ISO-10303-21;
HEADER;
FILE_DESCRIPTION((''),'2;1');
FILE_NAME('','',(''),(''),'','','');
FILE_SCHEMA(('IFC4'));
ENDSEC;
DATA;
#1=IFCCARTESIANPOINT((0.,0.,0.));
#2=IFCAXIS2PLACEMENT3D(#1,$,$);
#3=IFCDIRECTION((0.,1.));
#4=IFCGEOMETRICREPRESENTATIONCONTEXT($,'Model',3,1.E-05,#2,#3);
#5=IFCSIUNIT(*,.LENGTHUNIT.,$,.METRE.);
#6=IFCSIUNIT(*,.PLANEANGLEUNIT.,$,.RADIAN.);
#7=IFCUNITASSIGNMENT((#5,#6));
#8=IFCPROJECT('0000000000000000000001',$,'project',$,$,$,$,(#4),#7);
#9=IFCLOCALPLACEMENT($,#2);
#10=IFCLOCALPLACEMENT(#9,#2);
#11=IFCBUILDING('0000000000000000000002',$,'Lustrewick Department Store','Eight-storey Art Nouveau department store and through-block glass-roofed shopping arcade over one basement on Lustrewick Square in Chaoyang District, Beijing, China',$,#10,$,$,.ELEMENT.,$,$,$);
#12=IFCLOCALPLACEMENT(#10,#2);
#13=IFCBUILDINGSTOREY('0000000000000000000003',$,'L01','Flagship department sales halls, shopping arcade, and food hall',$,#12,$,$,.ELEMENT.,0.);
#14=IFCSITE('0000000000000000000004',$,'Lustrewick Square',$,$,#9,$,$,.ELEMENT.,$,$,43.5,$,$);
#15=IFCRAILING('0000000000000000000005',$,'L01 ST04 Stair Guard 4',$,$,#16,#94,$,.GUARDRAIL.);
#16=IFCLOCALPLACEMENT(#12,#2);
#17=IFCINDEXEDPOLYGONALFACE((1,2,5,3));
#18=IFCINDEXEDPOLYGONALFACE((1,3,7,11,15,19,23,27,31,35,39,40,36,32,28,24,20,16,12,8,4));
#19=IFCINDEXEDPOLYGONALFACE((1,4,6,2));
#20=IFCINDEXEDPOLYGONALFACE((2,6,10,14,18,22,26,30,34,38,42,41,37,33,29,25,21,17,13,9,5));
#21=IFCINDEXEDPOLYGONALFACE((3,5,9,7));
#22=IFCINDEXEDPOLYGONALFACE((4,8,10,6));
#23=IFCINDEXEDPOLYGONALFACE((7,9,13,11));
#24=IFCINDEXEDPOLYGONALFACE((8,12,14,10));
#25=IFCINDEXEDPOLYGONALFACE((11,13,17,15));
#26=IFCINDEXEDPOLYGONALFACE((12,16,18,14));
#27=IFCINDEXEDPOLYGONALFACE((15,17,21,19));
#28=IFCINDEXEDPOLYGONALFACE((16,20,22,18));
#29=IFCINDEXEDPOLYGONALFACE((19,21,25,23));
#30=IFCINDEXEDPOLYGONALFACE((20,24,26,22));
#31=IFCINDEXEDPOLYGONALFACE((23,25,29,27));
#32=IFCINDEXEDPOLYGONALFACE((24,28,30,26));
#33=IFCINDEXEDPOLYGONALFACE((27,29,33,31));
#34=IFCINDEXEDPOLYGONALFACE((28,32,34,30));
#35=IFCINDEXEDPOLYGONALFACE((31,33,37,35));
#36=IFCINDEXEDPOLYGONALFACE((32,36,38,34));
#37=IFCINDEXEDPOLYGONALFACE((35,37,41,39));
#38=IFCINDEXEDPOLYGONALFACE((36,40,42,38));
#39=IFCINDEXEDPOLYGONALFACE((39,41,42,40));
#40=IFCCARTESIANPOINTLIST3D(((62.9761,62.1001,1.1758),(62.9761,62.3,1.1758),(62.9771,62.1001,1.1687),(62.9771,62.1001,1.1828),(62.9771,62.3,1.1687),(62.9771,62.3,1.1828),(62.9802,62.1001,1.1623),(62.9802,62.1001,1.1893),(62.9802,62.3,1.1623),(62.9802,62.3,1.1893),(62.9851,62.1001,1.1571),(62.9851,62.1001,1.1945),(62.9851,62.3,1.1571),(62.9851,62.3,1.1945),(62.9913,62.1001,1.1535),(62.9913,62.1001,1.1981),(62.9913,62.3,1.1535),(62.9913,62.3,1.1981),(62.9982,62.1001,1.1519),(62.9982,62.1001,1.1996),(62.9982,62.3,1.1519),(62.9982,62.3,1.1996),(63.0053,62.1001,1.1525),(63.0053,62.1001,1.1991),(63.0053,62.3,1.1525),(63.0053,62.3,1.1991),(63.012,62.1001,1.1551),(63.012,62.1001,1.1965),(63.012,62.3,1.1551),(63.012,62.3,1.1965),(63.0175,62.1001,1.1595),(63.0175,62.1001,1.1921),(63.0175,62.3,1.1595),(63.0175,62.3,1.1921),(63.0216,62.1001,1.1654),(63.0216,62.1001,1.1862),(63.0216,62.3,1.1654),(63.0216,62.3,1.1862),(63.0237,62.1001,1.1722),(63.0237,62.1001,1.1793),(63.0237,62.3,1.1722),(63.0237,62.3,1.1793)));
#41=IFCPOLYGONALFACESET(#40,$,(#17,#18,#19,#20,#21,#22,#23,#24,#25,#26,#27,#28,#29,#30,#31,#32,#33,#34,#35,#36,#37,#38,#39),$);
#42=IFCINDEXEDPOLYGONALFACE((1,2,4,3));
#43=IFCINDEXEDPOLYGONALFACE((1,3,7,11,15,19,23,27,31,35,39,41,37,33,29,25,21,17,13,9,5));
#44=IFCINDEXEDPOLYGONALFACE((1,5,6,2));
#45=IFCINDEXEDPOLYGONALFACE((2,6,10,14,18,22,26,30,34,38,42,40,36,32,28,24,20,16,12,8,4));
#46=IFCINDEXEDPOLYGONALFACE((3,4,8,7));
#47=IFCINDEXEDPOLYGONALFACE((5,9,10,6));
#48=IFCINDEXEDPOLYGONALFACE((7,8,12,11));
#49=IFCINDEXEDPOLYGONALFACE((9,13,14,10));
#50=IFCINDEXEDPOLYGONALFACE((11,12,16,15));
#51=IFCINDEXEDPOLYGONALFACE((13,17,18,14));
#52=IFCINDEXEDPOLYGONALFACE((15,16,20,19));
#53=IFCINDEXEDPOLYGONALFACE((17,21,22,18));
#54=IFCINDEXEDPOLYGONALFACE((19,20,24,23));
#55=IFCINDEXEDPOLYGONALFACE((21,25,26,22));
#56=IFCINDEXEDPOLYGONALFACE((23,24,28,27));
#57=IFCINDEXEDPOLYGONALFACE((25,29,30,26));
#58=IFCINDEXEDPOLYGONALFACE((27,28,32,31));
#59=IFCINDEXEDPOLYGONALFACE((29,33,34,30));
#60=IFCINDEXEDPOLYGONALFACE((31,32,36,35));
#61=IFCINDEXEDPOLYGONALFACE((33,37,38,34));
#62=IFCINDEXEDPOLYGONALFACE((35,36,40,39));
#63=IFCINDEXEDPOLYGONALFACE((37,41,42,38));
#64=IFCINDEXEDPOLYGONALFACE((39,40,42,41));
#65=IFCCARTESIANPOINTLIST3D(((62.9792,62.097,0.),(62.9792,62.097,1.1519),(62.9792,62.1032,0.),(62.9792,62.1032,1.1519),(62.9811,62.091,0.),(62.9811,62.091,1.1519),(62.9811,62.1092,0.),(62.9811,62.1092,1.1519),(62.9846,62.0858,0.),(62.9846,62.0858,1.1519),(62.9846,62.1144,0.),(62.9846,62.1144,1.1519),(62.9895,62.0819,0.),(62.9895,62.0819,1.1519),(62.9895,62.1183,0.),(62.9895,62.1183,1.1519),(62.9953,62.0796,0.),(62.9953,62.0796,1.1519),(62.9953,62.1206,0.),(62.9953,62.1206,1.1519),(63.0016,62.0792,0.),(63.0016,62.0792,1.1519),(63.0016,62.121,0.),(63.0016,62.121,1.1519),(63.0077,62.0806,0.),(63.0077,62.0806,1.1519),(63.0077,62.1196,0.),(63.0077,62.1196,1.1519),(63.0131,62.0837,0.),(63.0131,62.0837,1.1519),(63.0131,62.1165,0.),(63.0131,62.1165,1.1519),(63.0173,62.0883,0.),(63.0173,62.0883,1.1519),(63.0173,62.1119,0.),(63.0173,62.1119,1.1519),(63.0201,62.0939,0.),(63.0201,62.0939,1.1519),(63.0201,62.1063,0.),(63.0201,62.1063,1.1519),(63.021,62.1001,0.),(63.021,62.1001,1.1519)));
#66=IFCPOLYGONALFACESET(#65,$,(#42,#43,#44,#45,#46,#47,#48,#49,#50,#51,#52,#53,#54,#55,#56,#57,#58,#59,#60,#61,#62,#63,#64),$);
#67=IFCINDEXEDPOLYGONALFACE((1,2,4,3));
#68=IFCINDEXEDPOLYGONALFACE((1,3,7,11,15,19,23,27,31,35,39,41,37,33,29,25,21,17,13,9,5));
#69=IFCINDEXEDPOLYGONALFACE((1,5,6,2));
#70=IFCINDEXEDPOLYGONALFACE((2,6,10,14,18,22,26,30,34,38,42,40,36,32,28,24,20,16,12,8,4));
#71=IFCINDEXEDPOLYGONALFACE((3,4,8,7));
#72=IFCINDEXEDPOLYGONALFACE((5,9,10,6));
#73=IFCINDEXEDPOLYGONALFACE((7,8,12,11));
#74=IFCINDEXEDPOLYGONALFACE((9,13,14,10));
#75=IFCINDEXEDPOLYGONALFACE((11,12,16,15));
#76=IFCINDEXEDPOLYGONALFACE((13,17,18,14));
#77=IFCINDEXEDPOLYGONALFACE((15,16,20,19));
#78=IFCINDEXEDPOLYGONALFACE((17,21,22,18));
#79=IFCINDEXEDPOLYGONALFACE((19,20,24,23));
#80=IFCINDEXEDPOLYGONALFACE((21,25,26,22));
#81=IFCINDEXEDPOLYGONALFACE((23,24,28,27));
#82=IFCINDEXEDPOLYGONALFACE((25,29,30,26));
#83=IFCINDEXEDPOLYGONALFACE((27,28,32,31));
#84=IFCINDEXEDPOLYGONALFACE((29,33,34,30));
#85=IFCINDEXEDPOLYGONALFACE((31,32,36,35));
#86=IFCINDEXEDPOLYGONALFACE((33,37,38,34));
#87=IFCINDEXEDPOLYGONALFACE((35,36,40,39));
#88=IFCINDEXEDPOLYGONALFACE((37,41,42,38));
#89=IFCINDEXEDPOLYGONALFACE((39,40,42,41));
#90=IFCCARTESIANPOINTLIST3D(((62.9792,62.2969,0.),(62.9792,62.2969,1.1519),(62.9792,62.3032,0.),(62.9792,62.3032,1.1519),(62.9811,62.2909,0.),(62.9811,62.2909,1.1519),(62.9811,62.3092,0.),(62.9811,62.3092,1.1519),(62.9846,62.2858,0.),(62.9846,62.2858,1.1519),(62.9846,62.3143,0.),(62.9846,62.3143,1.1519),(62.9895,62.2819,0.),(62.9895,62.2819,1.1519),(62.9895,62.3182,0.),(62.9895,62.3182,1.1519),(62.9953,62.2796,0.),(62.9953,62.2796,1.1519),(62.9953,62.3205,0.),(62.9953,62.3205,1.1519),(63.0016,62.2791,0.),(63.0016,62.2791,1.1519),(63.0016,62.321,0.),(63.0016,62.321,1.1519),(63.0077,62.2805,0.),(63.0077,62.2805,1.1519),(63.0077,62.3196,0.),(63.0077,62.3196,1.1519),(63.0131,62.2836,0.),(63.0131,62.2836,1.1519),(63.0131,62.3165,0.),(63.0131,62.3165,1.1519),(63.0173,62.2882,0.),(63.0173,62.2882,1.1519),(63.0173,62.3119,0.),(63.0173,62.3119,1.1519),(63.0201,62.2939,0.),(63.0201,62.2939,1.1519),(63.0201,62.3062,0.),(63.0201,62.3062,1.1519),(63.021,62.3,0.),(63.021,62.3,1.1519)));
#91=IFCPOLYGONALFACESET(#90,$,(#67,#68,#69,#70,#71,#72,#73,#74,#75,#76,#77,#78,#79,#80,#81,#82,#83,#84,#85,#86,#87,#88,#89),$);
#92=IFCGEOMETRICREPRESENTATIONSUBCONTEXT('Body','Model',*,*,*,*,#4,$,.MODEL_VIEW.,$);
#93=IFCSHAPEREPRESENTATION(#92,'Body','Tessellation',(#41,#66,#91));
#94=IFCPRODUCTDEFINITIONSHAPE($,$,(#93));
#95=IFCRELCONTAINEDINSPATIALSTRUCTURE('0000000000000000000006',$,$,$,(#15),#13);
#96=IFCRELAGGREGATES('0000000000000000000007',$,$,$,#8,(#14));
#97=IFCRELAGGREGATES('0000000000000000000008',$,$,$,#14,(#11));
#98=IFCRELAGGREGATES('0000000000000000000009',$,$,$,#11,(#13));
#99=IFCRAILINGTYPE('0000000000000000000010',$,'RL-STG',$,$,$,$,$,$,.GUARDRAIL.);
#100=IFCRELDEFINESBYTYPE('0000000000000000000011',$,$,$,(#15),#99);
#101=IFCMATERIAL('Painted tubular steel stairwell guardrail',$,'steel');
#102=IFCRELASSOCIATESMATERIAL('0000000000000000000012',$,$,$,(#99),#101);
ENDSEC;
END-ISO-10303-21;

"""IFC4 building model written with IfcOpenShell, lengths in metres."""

from ifc_helpers import new_model, si_unit, direction, frame, origin, origin_2d, place, context, subcontext, project, spatial, circle, extrude, material, type_object, element, save


model = new_model("IFC4")

# Units and contexts
model_context = context("Model", 3, precision=1e-05, world=origin(), true_north=direction((0.0, 1.0)))
body_context = subcontext(model_context, "Body", "Model", "MODEL_VIEW")
ifc_project = project(units=[si_unit("LENGTHUNIT", "METRE"), si_unit("PLANEANGLEUNIT", "RADIAN")], contexts=[model_context])

# Site, building, storey
site_placement = place(None, origin())
site = spatial("IfcSite", under=ifc_project, at=site_placement, Name="Lustrewick Square", CompositionType="ELEMENT", RefElevation=43.5)
building_placement = place(site_placement, origin())
building = spatial("IfcBuilding", under=site, at=building_placement, Name="Lustrewick Department Store", Description="Eight-storey Art Nouveau department store and through-block glass-roofed shopping arcade over one basement on Lustrewick Square in Chaoyang District, Beijing, China", CompositionType="ELEMENT")
storey_placement = place(building_placement, origin())
storey = spatial("IfcBuildingStorey", under=building, at=storey_placement, Name="L01", Description="Flagship department sales halls, shopping arcade, and food hall", CompositionType="ELEMENT", Elevation=0.0)

# Railing
ifc_material_1 = material(Name="Painted tubular steel stairwell guardrail", Category="steel")
railing_type_1 = type_object("IfcRailingType", Name="RL-STG", PredefinedType="GUARDRAIL", material=ifc_material_1)
railing_1_placement = place(storey_placement, frame((63.0, 62.1001, 0.0)))
element("IfcRailing", 1, at=railing_1_placement, inside=storey, type_object=railing_type_1, Name="L01 ST04 Stair Guard 4", PredefinedType="GUARDRAIL", context=body_context, shape_type="SweptSolid", body=[
    extrude(circle(Radius=0.0239, at=origin_2d()), frame((0.0, 0.0, 1.1758), z_axis=(0.0, 1.0, 0.0), x_axis=(-1.0, 0.0, 0.0)), (0.0, 0.0, 1.0), 0.2),
    extrude(circle(Radius=0.021, at=origin_2d()), origin(), (0.0, 0.0, 1.0), 1.1519),
    extrude(circle(Radius=0.021, at=origin_2d()), frame((0.0, 0.2, 0.0)), (0.0, 0.0, 1.0), 1.1519),
])

save(model, "model.ifc")
